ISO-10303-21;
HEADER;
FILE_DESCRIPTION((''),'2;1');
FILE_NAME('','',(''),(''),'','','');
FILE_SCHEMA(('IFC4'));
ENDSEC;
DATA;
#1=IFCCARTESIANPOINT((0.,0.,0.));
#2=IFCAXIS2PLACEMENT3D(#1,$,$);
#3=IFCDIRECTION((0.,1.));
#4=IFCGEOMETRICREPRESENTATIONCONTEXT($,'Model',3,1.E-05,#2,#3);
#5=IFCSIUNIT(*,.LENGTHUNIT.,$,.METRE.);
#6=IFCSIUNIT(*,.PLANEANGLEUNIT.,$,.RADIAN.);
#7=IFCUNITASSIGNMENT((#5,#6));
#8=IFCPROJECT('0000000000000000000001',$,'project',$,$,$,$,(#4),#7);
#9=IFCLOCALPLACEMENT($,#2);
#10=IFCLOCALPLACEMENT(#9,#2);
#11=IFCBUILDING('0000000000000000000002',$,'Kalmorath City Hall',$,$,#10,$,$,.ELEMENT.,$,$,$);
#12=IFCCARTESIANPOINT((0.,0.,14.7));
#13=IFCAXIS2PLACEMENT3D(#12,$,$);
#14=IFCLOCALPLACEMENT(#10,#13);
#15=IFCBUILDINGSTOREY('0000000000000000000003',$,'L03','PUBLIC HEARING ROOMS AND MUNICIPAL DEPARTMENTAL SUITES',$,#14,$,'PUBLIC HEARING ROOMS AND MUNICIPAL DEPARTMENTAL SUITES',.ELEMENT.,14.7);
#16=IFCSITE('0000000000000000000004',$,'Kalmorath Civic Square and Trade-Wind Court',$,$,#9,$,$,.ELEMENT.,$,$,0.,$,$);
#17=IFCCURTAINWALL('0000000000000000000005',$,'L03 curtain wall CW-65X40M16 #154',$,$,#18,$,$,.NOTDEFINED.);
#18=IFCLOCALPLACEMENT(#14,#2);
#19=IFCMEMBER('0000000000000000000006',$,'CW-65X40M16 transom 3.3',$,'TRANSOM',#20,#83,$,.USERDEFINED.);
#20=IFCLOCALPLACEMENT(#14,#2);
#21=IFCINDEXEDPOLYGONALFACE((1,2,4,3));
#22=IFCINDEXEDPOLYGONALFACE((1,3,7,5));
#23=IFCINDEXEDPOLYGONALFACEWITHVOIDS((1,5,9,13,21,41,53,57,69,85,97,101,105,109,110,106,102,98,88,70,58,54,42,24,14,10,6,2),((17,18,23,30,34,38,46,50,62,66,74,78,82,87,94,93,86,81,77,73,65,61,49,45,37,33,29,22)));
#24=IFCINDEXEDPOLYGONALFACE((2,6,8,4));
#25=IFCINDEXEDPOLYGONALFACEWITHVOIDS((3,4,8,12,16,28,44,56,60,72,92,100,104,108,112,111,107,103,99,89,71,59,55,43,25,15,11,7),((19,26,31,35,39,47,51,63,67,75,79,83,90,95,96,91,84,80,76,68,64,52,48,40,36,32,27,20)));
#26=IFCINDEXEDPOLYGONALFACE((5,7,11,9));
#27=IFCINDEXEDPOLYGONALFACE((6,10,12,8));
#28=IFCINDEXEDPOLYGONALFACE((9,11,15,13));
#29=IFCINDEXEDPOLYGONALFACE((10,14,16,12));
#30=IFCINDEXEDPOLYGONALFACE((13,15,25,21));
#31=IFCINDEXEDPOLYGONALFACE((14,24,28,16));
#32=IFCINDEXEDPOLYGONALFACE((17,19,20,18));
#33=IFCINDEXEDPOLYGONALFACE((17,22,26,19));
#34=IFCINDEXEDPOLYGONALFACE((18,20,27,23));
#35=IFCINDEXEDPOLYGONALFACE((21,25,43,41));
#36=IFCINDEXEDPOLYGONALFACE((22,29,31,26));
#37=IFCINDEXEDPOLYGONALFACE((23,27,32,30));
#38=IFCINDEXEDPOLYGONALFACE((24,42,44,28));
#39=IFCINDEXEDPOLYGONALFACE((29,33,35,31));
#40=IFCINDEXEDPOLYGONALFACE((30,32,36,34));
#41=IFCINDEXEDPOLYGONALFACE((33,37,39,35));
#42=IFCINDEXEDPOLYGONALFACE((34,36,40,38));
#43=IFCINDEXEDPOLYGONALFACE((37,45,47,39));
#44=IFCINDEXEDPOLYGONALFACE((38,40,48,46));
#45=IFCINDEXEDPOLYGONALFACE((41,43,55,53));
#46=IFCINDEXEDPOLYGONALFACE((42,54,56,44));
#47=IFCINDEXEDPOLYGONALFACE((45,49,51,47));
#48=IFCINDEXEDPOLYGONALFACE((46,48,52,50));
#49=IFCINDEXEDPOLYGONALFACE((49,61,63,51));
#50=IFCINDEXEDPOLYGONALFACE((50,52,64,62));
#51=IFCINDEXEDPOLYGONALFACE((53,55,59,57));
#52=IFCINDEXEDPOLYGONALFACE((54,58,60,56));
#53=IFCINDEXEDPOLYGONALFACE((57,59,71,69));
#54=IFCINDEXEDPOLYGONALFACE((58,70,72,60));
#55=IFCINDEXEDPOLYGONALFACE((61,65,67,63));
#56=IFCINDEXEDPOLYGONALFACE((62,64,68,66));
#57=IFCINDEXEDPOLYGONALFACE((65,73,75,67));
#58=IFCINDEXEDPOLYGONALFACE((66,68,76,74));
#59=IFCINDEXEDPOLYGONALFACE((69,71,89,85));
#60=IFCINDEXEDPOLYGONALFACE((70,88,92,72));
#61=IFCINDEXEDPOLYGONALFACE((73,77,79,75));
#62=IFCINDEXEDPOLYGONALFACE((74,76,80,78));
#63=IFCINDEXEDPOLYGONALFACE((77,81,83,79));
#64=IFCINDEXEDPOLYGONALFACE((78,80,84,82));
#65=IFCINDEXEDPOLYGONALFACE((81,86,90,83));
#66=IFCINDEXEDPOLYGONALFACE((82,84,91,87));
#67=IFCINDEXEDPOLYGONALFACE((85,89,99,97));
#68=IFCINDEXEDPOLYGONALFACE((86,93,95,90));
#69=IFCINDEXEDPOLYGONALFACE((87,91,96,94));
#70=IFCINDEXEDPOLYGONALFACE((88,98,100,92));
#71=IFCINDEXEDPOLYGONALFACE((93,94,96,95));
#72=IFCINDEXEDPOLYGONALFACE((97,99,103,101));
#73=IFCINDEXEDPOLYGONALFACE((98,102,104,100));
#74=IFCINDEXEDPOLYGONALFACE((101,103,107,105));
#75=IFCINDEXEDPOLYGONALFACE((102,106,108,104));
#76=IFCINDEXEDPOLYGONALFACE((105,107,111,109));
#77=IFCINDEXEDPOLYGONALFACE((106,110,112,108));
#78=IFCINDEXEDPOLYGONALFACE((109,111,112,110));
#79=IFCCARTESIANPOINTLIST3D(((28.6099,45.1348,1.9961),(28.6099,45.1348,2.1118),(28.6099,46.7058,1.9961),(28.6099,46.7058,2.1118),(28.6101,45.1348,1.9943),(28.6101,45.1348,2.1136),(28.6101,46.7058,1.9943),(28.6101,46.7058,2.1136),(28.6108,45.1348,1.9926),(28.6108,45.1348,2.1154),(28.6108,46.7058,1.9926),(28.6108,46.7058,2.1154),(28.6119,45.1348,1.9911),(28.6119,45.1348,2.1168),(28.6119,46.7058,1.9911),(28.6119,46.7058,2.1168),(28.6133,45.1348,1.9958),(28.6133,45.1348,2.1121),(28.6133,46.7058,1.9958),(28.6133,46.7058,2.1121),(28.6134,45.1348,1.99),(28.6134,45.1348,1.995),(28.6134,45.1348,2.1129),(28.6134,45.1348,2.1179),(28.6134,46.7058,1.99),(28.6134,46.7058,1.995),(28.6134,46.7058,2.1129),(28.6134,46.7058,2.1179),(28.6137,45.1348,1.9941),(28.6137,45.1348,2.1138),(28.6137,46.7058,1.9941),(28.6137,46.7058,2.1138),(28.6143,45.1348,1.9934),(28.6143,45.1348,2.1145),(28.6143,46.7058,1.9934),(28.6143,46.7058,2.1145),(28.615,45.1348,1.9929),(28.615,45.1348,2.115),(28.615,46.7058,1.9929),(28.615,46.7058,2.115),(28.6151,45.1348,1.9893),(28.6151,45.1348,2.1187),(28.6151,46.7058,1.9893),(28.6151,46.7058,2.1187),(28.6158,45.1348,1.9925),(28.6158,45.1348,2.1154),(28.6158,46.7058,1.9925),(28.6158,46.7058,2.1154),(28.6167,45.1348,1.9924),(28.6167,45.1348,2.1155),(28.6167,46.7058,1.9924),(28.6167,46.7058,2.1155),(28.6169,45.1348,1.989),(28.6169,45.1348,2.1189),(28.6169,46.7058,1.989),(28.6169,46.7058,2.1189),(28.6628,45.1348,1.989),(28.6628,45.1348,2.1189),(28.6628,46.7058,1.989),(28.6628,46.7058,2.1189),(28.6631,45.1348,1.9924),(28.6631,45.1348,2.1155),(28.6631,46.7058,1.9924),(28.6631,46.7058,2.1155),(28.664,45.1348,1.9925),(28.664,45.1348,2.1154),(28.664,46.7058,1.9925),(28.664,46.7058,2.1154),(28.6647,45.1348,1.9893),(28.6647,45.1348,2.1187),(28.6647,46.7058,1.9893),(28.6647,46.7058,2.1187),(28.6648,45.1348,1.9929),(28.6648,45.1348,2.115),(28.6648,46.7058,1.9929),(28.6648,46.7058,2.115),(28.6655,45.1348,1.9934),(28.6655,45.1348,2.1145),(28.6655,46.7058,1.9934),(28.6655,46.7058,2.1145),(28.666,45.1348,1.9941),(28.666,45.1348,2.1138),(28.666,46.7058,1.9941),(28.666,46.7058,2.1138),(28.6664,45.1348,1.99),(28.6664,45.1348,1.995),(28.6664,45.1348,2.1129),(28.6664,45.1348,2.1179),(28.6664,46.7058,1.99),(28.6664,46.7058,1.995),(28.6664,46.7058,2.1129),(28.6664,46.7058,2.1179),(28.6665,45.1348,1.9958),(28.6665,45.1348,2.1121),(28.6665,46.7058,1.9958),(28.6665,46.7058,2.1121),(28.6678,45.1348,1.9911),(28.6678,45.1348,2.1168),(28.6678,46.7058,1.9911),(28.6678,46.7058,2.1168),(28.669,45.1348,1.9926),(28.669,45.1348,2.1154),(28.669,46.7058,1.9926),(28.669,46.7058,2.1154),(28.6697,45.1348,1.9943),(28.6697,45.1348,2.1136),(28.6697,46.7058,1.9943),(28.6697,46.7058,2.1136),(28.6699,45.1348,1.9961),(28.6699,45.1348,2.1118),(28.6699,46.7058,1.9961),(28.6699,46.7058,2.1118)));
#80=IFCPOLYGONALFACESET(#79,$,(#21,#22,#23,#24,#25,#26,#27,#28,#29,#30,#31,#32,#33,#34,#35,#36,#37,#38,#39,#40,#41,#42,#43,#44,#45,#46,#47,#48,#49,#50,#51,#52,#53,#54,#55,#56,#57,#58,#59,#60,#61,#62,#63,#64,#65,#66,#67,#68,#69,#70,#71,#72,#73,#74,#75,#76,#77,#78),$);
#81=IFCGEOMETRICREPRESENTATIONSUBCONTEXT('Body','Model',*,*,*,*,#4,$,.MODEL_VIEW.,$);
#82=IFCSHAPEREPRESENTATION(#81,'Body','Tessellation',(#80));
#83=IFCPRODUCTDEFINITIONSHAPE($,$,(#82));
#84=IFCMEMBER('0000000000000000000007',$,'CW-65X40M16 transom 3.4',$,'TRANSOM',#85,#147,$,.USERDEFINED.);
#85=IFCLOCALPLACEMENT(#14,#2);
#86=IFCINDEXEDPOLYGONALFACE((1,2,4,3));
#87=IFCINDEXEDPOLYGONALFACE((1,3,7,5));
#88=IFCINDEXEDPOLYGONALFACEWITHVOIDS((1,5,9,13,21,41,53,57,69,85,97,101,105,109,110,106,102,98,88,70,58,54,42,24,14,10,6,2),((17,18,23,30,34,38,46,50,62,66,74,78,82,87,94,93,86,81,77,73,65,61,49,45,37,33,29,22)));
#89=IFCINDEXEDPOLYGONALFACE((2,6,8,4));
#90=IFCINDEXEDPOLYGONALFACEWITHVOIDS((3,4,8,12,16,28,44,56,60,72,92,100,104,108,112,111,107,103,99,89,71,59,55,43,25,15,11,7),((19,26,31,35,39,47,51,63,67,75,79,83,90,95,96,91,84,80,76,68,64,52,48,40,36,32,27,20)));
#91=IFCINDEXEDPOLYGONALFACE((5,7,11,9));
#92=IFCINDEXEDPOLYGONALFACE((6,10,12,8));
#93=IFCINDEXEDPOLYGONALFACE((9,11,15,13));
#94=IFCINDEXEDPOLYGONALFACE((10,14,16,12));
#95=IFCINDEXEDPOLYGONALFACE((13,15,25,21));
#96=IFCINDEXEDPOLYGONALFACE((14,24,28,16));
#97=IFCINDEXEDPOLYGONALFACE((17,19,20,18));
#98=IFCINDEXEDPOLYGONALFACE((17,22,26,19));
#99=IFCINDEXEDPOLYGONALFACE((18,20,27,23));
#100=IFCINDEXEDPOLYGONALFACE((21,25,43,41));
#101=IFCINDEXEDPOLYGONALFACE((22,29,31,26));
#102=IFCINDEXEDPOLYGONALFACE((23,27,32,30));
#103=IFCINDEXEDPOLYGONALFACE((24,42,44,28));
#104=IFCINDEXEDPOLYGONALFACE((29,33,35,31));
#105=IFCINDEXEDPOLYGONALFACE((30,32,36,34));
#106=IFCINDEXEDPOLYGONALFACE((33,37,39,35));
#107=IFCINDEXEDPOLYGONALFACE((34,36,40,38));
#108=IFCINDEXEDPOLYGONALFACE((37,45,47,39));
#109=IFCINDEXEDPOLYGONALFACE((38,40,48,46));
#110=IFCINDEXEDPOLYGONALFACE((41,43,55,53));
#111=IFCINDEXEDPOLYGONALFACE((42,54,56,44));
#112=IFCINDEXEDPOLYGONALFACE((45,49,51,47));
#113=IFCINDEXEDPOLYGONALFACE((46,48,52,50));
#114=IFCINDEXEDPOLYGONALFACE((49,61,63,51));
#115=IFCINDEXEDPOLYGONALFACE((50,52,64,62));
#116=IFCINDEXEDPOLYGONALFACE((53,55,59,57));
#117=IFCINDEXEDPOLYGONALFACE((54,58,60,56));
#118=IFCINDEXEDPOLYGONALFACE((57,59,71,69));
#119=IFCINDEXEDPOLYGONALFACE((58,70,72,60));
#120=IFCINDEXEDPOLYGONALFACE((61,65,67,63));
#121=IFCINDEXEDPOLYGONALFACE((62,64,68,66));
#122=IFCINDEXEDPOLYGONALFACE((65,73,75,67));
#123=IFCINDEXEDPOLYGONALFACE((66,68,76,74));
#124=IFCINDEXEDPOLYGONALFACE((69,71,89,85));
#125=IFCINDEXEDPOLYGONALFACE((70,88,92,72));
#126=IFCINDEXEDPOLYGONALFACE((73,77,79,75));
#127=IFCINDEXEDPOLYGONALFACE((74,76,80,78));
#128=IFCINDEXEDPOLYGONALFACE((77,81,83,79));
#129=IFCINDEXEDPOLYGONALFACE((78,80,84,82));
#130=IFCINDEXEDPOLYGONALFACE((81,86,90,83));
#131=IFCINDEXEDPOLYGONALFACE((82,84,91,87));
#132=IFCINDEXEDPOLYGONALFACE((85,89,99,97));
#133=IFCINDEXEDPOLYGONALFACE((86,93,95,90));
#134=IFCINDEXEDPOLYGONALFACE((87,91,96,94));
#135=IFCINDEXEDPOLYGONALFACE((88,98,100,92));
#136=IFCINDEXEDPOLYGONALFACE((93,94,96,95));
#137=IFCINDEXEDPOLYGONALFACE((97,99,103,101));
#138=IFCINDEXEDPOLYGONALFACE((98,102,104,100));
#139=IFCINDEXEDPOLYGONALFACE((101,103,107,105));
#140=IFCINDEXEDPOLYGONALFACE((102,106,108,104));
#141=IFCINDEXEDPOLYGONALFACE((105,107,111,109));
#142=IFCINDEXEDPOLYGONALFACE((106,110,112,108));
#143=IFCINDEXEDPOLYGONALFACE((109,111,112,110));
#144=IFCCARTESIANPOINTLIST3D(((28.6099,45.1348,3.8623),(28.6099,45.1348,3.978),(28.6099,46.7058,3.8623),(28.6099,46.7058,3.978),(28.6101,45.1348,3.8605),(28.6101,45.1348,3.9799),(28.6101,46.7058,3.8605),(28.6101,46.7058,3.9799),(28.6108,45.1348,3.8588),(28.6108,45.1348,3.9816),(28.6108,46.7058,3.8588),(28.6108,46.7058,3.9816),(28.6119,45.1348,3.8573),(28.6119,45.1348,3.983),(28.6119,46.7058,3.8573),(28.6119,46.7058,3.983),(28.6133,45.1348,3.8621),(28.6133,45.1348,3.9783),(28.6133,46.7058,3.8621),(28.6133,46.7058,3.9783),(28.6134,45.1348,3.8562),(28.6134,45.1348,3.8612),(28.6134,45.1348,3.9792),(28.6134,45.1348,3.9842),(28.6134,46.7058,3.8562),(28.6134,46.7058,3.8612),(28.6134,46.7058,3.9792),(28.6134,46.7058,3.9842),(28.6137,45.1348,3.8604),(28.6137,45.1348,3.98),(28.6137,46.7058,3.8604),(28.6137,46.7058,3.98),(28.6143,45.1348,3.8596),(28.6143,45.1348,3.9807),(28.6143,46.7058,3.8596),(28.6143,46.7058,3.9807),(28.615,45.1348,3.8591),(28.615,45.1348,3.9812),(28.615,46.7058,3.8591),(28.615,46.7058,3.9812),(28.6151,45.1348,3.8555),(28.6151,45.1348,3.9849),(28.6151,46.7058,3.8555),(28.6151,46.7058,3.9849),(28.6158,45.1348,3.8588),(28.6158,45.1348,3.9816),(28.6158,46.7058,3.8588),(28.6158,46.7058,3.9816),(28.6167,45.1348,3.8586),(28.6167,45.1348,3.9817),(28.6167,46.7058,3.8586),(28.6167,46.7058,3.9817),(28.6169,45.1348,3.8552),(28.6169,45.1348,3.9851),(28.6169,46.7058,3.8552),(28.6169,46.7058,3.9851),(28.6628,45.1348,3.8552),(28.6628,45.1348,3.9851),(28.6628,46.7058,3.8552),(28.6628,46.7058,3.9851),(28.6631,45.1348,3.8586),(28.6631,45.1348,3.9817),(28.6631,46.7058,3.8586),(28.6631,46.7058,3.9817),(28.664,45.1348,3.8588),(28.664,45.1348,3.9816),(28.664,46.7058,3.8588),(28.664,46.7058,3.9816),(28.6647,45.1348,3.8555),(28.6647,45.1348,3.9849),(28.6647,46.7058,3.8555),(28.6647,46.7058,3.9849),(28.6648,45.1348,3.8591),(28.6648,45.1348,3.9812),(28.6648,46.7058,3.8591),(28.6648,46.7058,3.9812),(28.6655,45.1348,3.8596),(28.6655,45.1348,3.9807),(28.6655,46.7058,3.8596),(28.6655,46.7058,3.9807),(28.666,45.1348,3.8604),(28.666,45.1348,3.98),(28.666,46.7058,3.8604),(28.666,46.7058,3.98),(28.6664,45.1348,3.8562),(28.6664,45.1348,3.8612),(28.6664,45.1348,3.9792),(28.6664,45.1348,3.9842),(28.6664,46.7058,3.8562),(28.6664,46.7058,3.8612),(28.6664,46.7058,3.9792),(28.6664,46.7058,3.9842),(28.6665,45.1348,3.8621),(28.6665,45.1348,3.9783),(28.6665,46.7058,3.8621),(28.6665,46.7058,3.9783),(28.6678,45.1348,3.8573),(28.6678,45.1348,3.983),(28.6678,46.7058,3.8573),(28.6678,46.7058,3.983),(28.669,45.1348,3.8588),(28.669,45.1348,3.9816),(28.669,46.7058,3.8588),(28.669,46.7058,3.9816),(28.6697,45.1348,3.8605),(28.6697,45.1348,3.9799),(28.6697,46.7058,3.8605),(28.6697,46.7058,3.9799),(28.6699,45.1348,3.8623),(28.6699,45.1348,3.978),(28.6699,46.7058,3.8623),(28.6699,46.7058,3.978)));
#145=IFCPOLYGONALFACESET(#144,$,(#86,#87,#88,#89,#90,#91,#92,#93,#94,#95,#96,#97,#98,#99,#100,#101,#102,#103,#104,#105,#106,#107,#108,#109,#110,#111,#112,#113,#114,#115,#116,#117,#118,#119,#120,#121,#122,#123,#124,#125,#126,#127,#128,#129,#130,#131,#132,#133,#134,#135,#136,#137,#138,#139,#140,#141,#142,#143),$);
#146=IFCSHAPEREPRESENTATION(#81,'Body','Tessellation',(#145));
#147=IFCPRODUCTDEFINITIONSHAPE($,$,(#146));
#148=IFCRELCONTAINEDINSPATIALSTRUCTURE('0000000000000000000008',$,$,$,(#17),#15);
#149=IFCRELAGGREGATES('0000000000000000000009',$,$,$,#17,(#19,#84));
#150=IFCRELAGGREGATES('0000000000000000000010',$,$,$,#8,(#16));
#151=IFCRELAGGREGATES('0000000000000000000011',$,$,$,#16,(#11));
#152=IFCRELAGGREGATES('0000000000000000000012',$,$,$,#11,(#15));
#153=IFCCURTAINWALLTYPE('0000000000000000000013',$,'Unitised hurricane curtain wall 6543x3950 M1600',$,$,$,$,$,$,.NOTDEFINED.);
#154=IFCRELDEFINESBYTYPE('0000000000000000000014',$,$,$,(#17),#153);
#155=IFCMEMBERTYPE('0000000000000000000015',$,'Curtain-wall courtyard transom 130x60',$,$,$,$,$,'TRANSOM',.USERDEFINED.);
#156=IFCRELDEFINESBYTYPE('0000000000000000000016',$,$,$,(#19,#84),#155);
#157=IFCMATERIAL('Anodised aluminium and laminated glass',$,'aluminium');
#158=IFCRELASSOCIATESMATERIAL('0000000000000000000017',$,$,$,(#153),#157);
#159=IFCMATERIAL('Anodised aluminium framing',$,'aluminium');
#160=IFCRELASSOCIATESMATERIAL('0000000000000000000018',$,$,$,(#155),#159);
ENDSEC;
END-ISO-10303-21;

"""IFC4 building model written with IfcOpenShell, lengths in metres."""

from ifc_helpers import new_model, si_unit, direction, frame, origin, origin_2d, place, context, subcontext, project, spatial, hollow_rectangle, extrude, material, material_profile, profile_set, type_object, element, aggregate, save


model = new_model("IFC4")

# Units and contexts
model_context = context("Model", 3, precision=1e-05, world=origin(), true_north=direction((0.0, 1.0)))
body_context = subcontext(model_context, "Body", "Model", "MODEL_VIEW")
ifc_project = project(units=[si_unit("LENGTHUNIT", "METRE"), si_unit("PLANEANGLEUNIT", "RADIAN")], contexts=[model_context])

# Site, building, storey
site_placement = place(None, origin())
site = spatial("IfcSite", under=ifc_project, at=site_placement, Name="Kalmorath Civic Square and Trade-Wind Court", CompositionType="ELEMENT", RefElevation=0.0)
building_placement = place(site_placement, origin())
building = spatial("IfcBuilding", under=site, at=building_placement, Name="Kalmorath City Hall", CompositionType="ELEMENT")
storey_placement = place(building_placement, frame((0.0, 0.0, 14.7)))
storey = spatial("IfcBuildingStorey", under=building, at=storey_placement, Name="L03", Description="PUBLIC HEARING ROOMS AND MUNICIPAL DEPARTMENTAL SUITES", LongName="PUBLIC HEARING ROOMS AND MUNICIPAL DEPARTMENTAL SUITES", CompositionType="ELEMENT", Elevation=14.7)

# Curtain wall, members
ifc_material_1 = material(Name="Anodised aluminium and laminated glass", Category="aluminium")
curtain_wall_type = type_object("IfcCurtainWallType", Name="Unitised hurricane curtain wall 6543x3950 M1600", PredefinedType="NOTDEFINED", material=ifc_material_1)
curtain_wall_placement = place(storey_placement, origin())
curtain_wall = element("IfcCurtainWall", 1, at=curtain_wall_placement, inside=storey, type_object=curtain_wall_type, Name="L03 curtain wall CW-65X40M16 #154", PredefinedType="NOTDEFINED")
ifc_material_2 = material(Name="Anodised aluminium framing", Category="aluminium")
ifc_material_profile_1 = material_profile(ifc_material_2, hollow_rectangle(XDim=0.0601, YDim=0.1299, WallThickness=0.0034, InnerFilletRadius=0.0034, OuterFilletRadius=0.0071, at=origin_2d()), Name="ALU-TRN-130X60X3.5")
ifc_profile_set_1 = profile_set([ifc_material_profile_1], Name="Anodised aluminium framing")
member_type_1 = type_object("IfcMemberType", Name="Curtain-wall courtyard transom 130x60", ElementType="TRANSOM", PredefinedType="USERDEFINED", material=ifc_profile_set_1)
member_1_placement = place(storey_placement, frame((28.6399, 46.7058, 2.054), z_axis=(0.0, -1.0, 0.0), x_axis=(1.0, 0.0, 0.0)))
member_1 = element("IfcMember", 2, at=member_1_placement, type_object=member_type_1, Name="CW-65X40M16 transom 3.3", ObjectType="TRANSOM", PredefinedType="USERDEFINED", context=body_context, shape_type="SweptSolid", body=[
    extrude(hollow_rectangle(XDim=0.0601, YDim=0.1299, WallThickness=0.0034, InnerFilletRadius=0.0034, OuterFilletRadius=0.0071, at=origin_2d()), origin(), (0.0, 0.0, 1.0), 1.571),
])
member_2_placement = place(storey_placement, frame((28.6399, 46.7058, 3.9202), z_axis=(0.0, -1.0, 0.0), x_axis=(1.0, 0.0, 0.0)))
member_2 = element("IfcMember", 3, at=member_2_placement, type_object=member_type_1, Name="CW-65X40M16 transom 3.4", ObjectType="TRANSOM", PredefinedType="USERDEFINED", context=body_context, shape_type="SweptSolid", body=[
    extrude(hollow_rectangle(XDim=0.0601, YDim=0.1299, WallThickness=0.0034, InnerFilletRadius=0.0034, OuterFilletRadius=0.0071, at=origin_2d()), origin(), (0.0, 0.0, 1.0), 1.571),
])

aggregate(curtain_wall, [member_1, member_2])

save(model, "model.ifc")
